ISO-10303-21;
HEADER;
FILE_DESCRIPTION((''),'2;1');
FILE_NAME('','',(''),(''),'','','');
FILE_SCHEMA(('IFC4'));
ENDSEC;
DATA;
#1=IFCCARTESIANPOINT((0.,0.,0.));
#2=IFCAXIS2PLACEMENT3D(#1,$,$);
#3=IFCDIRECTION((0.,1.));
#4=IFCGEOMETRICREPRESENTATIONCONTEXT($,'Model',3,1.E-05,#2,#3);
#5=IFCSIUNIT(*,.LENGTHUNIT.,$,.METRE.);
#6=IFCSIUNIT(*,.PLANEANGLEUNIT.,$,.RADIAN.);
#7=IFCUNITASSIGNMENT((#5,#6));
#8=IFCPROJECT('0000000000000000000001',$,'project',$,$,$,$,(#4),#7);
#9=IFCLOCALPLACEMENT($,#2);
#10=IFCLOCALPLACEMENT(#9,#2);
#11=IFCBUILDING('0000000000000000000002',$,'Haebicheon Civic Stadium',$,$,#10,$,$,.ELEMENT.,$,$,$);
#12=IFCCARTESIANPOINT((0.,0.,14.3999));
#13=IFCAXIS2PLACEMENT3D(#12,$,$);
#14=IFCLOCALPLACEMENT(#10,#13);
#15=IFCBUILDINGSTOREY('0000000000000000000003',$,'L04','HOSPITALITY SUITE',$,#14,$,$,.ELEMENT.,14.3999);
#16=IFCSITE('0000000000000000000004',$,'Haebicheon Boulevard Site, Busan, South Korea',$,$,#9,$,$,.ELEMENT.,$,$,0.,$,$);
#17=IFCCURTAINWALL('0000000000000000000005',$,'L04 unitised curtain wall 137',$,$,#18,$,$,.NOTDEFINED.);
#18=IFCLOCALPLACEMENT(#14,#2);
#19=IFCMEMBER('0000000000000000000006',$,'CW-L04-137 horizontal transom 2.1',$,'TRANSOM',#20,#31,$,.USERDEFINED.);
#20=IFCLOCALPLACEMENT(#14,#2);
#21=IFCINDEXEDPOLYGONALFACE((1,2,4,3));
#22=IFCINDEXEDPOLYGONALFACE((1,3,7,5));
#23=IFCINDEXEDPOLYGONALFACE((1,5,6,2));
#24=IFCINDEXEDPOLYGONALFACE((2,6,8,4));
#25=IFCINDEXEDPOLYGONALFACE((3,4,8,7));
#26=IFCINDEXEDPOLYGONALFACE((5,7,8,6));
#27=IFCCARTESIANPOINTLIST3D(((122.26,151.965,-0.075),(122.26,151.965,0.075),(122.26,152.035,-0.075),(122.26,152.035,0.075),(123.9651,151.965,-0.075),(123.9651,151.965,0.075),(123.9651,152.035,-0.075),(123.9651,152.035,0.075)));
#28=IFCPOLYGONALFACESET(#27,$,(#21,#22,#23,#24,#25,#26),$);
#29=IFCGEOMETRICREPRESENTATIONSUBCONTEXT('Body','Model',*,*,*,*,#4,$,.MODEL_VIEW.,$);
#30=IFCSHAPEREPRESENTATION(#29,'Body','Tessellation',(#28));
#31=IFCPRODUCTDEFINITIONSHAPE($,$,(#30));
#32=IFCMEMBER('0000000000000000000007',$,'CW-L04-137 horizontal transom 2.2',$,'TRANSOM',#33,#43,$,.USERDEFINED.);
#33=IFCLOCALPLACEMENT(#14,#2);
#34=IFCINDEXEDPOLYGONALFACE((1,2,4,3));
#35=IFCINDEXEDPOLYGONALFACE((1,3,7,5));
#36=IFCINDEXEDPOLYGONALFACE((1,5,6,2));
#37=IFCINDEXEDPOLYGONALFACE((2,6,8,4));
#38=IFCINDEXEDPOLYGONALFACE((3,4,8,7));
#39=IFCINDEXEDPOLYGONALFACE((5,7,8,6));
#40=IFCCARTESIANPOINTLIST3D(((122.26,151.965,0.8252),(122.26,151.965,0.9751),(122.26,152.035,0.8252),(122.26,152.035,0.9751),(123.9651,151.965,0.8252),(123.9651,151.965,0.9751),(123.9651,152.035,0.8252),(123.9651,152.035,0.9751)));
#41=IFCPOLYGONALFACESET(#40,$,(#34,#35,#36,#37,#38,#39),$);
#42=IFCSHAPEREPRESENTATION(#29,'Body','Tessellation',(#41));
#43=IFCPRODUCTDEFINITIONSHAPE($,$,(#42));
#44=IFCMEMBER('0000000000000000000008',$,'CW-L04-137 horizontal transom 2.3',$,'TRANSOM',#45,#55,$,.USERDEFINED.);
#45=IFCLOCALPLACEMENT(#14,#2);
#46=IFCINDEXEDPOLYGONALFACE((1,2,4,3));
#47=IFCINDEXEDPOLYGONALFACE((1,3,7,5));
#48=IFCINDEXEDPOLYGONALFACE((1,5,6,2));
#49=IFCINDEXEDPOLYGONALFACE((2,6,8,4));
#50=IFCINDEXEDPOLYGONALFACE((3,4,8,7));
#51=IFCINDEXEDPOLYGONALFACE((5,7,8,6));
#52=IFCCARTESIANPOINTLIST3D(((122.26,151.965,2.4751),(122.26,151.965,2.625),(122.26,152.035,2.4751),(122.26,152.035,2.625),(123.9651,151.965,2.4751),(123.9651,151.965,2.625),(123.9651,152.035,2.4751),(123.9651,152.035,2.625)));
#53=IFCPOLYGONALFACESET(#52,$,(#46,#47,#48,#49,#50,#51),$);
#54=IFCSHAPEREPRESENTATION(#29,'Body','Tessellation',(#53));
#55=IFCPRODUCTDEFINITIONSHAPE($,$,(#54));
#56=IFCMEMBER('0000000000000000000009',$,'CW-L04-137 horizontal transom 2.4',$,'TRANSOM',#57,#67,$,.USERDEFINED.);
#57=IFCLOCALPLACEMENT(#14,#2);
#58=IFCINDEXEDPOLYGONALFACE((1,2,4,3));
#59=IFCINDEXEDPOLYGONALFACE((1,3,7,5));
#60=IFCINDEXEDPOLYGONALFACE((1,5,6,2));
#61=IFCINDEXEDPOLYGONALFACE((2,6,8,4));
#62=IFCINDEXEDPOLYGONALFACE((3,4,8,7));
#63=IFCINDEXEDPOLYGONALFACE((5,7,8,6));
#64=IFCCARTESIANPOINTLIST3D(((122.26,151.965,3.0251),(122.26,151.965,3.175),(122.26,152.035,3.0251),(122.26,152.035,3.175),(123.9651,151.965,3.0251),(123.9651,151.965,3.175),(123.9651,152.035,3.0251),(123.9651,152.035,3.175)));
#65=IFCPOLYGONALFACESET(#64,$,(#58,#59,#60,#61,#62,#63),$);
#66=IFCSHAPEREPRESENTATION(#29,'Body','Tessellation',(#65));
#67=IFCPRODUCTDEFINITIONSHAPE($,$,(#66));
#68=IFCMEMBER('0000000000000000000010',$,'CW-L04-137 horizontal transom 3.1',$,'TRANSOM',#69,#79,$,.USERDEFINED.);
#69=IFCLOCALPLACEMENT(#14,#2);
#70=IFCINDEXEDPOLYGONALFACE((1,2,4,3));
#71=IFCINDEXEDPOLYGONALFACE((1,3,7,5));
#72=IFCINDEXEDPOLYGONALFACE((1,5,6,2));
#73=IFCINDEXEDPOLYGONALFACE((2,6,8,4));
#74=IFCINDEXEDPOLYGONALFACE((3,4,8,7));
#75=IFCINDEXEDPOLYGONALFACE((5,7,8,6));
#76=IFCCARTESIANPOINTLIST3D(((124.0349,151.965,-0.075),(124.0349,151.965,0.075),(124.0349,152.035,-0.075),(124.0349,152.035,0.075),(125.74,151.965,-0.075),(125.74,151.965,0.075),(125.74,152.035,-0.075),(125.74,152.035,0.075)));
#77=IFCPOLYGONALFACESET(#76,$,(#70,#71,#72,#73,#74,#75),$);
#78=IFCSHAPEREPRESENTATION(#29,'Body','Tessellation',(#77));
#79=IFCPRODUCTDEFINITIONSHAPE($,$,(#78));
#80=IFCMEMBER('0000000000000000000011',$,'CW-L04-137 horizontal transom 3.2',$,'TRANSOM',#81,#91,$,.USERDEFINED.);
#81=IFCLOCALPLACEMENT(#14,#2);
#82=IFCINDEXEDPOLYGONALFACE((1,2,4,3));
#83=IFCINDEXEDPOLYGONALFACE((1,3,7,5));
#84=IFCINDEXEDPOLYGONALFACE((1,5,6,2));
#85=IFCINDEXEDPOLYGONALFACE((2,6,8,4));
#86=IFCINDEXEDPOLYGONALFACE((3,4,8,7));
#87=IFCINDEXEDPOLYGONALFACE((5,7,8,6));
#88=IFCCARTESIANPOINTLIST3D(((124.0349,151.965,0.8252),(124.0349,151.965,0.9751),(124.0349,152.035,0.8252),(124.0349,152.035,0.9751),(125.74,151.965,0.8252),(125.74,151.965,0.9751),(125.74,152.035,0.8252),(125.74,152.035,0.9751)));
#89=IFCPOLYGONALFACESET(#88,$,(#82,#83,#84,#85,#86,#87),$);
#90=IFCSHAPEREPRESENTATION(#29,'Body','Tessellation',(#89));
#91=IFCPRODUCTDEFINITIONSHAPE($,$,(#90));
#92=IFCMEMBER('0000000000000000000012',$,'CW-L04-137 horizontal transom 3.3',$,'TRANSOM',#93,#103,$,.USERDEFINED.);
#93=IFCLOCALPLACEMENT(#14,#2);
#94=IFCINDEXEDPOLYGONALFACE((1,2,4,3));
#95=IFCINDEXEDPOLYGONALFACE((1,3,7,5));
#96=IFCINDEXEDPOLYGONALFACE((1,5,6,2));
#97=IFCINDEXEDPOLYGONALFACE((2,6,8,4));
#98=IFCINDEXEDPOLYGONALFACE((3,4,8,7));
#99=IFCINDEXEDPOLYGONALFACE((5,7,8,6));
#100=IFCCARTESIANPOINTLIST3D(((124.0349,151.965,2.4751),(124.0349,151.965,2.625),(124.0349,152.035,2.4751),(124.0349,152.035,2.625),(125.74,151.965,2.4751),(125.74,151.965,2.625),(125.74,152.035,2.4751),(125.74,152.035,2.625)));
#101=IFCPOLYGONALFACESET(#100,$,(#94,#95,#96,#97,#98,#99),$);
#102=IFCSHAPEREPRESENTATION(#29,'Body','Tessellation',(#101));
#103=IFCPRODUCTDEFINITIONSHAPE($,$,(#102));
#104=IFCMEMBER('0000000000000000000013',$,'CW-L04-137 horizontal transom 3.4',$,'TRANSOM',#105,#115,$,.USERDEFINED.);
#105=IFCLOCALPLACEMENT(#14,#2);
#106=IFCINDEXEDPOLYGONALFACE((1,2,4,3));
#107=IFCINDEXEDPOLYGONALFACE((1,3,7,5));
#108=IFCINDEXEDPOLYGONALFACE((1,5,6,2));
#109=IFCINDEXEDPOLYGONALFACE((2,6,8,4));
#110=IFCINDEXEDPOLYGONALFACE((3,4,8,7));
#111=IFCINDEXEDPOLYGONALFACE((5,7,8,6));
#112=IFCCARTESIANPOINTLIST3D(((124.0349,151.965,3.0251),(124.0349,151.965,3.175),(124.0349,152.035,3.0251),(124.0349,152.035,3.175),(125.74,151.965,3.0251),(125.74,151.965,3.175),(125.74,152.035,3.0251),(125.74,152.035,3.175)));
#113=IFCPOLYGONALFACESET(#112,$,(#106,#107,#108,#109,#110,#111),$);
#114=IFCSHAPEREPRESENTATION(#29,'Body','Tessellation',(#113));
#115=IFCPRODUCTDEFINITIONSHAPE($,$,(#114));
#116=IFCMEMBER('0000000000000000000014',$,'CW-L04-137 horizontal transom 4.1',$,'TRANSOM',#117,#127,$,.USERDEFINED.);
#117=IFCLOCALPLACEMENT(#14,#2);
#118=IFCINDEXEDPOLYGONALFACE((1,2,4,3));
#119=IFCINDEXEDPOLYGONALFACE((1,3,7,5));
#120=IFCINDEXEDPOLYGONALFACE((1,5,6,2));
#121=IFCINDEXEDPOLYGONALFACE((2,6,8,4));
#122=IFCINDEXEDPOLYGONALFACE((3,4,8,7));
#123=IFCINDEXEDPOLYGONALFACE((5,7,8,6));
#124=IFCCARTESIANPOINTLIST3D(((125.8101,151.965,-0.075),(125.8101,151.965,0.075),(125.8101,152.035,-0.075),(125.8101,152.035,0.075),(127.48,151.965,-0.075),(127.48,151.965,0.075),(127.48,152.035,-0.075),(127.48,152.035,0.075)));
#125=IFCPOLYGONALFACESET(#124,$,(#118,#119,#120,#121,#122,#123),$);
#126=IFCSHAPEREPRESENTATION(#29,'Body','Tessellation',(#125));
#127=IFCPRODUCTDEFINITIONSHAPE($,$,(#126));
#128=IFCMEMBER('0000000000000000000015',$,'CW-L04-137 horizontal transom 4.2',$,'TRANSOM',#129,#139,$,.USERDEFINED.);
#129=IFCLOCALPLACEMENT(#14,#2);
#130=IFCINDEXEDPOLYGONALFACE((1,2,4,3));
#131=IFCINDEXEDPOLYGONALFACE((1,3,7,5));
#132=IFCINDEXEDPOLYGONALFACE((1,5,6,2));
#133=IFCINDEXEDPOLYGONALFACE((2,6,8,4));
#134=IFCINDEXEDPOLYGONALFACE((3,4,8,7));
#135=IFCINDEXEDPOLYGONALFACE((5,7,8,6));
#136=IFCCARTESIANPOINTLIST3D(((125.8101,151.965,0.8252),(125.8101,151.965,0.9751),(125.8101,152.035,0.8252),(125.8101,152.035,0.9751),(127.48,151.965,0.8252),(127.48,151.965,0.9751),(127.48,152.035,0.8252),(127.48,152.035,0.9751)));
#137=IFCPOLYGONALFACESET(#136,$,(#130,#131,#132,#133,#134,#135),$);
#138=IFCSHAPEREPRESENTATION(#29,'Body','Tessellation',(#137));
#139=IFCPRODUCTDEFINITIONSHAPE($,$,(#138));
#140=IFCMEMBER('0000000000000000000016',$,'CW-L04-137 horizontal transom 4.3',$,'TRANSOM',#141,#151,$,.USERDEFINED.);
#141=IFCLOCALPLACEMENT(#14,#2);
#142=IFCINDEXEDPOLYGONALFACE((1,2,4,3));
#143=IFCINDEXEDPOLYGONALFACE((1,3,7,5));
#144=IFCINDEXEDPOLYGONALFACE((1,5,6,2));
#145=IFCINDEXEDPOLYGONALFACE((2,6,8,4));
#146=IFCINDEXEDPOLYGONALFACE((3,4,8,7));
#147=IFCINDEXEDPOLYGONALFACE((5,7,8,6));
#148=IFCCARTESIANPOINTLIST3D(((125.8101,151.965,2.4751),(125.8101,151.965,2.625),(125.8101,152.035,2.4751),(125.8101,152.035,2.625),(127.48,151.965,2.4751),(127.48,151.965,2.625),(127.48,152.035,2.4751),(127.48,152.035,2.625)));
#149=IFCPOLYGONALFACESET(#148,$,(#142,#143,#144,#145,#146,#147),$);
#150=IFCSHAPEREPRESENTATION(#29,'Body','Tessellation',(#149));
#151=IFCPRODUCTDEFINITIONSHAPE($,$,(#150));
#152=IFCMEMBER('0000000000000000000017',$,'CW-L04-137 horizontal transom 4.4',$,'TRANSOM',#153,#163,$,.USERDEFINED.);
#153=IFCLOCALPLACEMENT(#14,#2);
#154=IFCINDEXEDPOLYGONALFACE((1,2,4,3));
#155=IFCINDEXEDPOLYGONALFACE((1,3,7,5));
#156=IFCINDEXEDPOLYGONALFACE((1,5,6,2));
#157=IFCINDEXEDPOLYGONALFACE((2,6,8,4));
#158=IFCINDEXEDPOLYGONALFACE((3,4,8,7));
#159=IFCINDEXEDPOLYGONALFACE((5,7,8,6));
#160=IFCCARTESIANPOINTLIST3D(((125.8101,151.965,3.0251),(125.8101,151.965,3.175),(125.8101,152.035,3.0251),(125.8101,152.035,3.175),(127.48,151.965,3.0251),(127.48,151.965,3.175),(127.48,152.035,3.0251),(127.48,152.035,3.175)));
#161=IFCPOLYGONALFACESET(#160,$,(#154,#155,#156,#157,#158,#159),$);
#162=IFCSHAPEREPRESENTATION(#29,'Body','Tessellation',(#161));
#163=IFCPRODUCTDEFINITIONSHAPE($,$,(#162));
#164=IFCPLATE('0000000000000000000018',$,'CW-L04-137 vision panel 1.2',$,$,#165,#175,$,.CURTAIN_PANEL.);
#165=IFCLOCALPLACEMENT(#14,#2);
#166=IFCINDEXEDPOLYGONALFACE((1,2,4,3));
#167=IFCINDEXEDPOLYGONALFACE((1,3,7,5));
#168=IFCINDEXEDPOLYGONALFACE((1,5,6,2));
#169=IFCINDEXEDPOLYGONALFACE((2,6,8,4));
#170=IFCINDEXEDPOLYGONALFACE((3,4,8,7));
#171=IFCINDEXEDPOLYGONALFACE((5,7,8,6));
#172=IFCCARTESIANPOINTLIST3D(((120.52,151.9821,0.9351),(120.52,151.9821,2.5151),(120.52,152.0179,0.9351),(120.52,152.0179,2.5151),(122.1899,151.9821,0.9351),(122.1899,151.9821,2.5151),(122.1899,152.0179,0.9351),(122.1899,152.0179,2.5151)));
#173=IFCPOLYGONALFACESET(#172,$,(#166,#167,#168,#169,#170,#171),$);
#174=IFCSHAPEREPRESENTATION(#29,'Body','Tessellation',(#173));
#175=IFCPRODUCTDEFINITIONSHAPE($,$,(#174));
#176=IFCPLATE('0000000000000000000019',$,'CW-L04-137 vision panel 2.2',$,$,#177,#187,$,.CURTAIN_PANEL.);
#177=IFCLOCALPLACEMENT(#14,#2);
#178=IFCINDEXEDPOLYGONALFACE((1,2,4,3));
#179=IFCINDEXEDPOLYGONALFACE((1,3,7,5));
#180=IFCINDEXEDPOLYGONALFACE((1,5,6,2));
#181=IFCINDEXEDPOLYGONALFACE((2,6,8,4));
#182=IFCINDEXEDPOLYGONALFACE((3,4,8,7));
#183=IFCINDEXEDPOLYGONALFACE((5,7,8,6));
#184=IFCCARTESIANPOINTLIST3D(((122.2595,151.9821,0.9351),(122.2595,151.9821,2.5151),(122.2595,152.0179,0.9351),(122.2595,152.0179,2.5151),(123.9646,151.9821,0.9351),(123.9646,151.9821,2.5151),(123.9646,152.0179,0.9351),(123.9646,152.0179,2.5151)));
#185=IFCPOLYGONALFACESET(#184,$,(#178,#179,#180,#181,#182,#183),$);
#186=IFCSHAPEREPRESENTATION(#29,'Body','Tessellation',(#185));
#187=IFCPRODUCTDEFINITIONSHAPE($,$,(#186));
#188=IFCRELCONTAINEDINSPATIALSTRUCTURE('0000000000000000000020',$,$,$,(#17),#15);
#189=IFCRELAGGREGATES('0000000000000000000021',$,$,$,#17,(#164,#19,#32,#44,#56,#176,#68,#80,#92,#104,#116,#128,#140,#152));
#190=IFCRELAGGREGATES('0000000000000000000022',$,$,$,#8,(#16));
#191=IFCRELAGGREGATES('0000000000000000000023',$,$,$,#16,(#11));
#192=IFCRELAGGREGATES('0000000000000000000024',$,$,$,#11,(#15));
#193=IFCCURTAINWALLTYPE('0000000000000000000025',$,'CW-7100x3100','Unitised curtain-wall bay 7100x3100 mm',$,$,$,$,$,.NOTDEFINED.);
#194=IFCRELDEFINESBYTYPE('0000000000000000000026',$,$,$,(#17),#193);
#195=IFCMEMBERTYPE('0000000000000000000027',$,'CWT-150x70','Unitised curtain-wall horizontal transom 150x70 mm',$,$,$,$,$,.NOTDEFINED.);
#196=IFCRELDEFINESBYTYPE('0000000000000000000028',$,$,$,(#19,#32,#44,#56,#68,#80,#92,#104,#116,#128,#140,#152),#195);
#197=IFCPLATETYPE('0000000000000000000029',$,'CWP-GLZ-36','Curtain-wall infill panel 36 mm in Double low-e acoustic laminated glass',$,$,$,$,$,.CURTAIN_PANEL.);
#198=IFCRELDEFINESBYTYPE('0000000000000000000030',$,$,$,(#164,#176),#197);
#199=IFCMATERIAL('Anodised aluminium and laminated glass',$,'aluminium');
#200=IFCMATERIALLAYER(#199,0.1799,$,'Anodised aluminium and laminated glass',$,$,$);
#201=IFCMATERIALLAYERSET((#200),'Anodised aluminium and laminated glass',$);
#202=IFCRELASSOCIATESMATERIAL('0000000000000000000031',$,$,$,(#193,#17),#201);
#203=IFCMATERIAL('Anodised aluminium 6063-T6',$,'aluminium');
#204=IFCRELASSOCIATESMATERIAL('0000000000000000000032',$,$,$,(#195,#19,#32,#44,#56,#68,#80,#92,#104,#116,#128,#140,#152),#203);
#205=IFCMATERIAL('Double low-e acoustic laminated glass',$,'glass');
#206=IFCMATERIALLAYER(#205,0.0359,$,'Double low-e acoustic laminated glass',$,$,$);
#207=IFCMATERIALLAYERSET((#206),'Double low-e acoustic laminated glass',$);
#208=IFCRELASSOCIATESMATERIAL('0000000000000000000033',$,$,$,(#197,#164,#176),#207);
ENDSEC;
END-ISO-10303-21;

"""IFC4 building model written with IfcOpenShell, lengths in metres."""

from ifc_helpers import new_model, si_unit, direction, frame, origin, origin_2d, place, context, subcontext, project, spatial, rectangle, extrude, material, layer, layer_set, material_profile, profile_set, type_object, element, aggregate, save


model = new_model("IFC4")

# Units and contexts
model_context = context("Model", 3, precision=1e-05, world=origin(), true_north=direction((0.0, 1.0)))
body_context = subcontext(model_context, "Body", "Model", "MODEL_VIEW")
ifc_project = project(units=[si_unit("LENGTHUNIT", "METRE"), si_unit("PLANEANGLEUNIT", "RADIAN")], contexts=[model_context])

# Site, building, storey
site_placement = place(None, origin())
site = spatial("IfcSite", under=ifc_project, at=site_placement, Name="Haebicheon Boulevard Site, Busan, South Korea", CompositionType="ELEMENT", RefElevation=0.0)
building_placement = place(site_placement, origin())
building = spatial("IfcBuilding", under=site, at=building_placement, Name="Haebicheon Civic Stadium", CompositionType="ELEMENT")
storey_placement = place(building_placement, frame((0.0, 0.0, 14.3999)))
storey = spatial("IfcBuildingStorey", under=building, at=storey_placement, Name="L04", Description="HOSPITALITY SUITE", CompositionType="ELEMENT", Elevation=14.3999)

# Curtain wall, members, plates
ifc_material_1 = material(Name="Anodised aluminium and laminated glass", Category="aluminium")
ifc_layer_1 = layer(ifc_material_1, 0.1799, Name="Anodised aluminium and laminated glass")
ifc_layer_set_1 = layer_set([ifc_layer_1], Name="Anodised aluminium and laminated glass")
curtain_wall_type = type_object("IfcCurtainWallType", Name="CW-7100x3100", Description="Unitised curtain-wall bay 7100x3100 mm", PredefinedType="NOTDEFINED", material=ifc_layer_set_1)
curtain_wall_placement = place(storey_placement, origin())
curtain_wall = element("IfcCurtainWall", 1, at=curtain_wall_placement, inside=storey, type_object=curtain_wall_type, material=ifc_layer_set_1, Name="L04 unitised curtain wall 137", PredefinedType="NOTDEFINED")
ifc_material_2 = material(Name="Anodised aluminium 6063-T6", Category="aluminium")
ifc_material_profile_1 = material_profile(ifc_material_2, rectangle(XDim=0.0701, YDim=0.1499, at=origin_2d()), Name="ALU-TRAN-70x150")
ifc_profile_set_1 = profile_set([ifc_material_profile_1], Name="Anodised aluminium 6063-T6")
member_type_1 = type_object("IfcMemberType", Name="CWT-150x70", Description="Unitised curtain-wall horizontal transom 150x70 mm", PredefinedType="NOTDEFINED", material=ifc_profile_set_1)
member_1_placement = place(storey_placement, frame((122.26, 152.0, 0.0), z_axis=(1.0, 0.0, 0.0), x_axis=(0.0, 1.0, 0.0)))
member_1 = element("IfcMember", 2, at=member_1_placement, type_object=member_type_1, material=ifc_profile_set_1, Name="CW-L04-137 horizontal transom 2.1", ObjectType="TRANSOM", PredefinedType="USERDEFINED", context=body_context, shape_type="SweptSolid", body=[
    extrude(rectangle(XDim=0.0701, YDim=0.1499, at=origin_2d()), origin(), (0.0, 0.0, 1.0), 1.7051),
])
member_2_placement = place(storey_placement, frame((122.26, 152.0, 0.9001), z_axis=(1.0, 0.0, 0.0), x_axis=(0.0, 1.0, 0.0)))
member_2 = element("IfcMember", 3, at=member_2_placement, type_object=member_type_1, material=ifc_profile_set_1, Name="CW-L04-137 horizontal transom 2.2", ObjectType="TRANSOM", PredefinedType="USERDEFINED", context=body_context, shape_type="SweptSolid", body=[
    extrude(rectangle(XDim=0.0701, YDim=0.1499, at=origin_2d()), origin(), (0.0, 0.0, 1.0), 1.7051),
])
member_3_placement = place(storey_placement, frame((122.26, 152.0, 2.55), z_axis=(1.0, 0.0, 0.0), x_axis=(0.0, 1.0, 0.0)))
member_3 = element("IfcMember", 4, at=member_3_placement, type_object=member_type_1, material=ifc_profile_set_1, Name="CW-L04-137 horizontal transom 2.3", ObjectType="TRANSOM", PredefinedType="USERDEFINED", context=body_context, shape_type="SweptSolid", body=[
    extrude(rectangle(XDim=0.0701, YDim=0.1499, at=origin_2d()), origin(), (0.0, 0.0, 1.0), 1.7051),
])
member_4_placement = place(storey_placement, frame((122.26, 152.0, 3.1001), z_axis=(1.0, 0.0, 0.0), x_axis=(0.0, 1.0, 0.0)))
member_4 = element("IfcMember", 5, at=member_4_placement, type_object=member_type_1, material=ifc_profile_set_1, Name="CW-L04-137 horizontal transom 2.4", ObjectType="TRANSOM", PredefinedType="USERDEFINED", context=body_context, shape_type="SweptSolid", body=[
    extrude(rectangle(XDim=0.0701, YDim=0.1499, at=origin_2d()), origin(), (0.0, 0.0, 1.0), 1.7051),
])
member_5_placement = place(storey_placement, frame((124.0349, 152.0, 0.0), z_axis=(1.0, 0.0, 0.0), x_axis=(0.0, 1.0, 0.0)))
member_5 = element("IfcMember", 6, at=member_5_placement, type_object=member_type_1, material=ifc_profile_set_1, Name="CW-L04-137 horizontal transom 3.1", ObjectType="TRANSOM", PredefinedType="USERDEFINED", context=body_context, shape_type="SweptSolid", body=[
    extrude(rectangle(XDim=0.0701, YDim=0.1499, at=origin_2d()), origin(), (0.0, 0.0, 1.0), 1.7051),
])
member_6_placement = place(storey_placement, frame((124.0349, 152.0, 0.9001), z_axis=(1.0, 0.0, 0.0), x_axis=(0.0, 1.0, 0.0)))
member_6 = element("IfcMember", 7, at=member_6_placement, type_object=member_type_1, material=ifc_profile_set_1, Name="CW-L04-137 horizontal transom 3.2", ObjectType="TRANSOM", PredefinedType="USERDEFINED", context=body_context, shape_type="SweptSolid", body=[
    extrude(rectangle(XDim=0.0701, YDim=0.1499, at=origin_2d()), origin(), (0.0, 0.0, 1.0), 1.7051),
])
member_7_placement = place(storey_placement, frame((124.0349, 152.0, 2.55), z_axis=(1.0, 0.0, 0.0), x_axis=(0.0, 1.0, 0.0)))
member_7 = element("IfcMember", 8, at=member_7_placement, type_object=member_type_1, material=ifc_profile_set_1, Name="CW-L04-137 horizontal transom 3.3", ObjectType="TRANSOM", PredefinedType="USERDEFINED", context=body_context, shape_type="SweptSolid", body=[
    extrude(rectangle(XDim=0.0701, YDim=0.1499, at=origin_2d()), origin(), (0.0, 0.0, 1.0), 1.7051),
])
member_8_placement = place(storey_placement, frame((124.0349, 152.0, 3.1001), z_axis=(1.0, 0.0, 0.0), x_axis=(0.0, 1.0, 0.0)))
member_8 = element("IfcMember", 9, at=member_8_placement, type_object=member_type_1, material=ifc_profile_set_1, Name="CW-L04-137 horizontal transom 3.4", ObjectType="TRANSOM", PredefinedType="USERDEFINED", context=body_context, shape_type="SweptSolid", body=[
    extrude(rectangle(XDim=0.0701, YDim=0.1499, at=origin_2d()), origin(), (0.0, 0.0, 1.0), 1.7051),
])
member_9_placement = place(storey_placement, frame((125.8101, 152.0, 0.0), z_axis=(1.0, 0.0, 0.0), x_axis=(0.0, 1.0, 0.0)))
member_9 = element("IfcMember", 10, at=member_9_placement, type_object=member_type_1, material=ifc_profile_set_1, Name="CW-L04-137 horizontal transom 4.1", ObjectType="TRANSOM", PredefinedType="USERDEFINED", context=body_context, shape_type="SweptSolid", body=[
    extrude(rectangle(XDim=0.0701, YDim=0.1499, at=origin_2d()), origin(), (0.0, 0.0, 1.0), 1.6699),
])
member_10_placement = place(storey_placement, frame((125.8101, 152.0, 0.9001), z_axis=(1.0, 0.0, 0.0), x_axis=(0.0, 1.0, 0.0)))
member_10 = element("IfcMember", 11, at=member_10_placement, type_object=member_type_1, material=ifc_profile_set_1, Name="CW-L04-137 horizontal transom 4.2", ObjectType="TRANSOM", PredefinedType="USERDEFINED", context=body_context, shape_type="SweptSolid", body=[
    extrude(rectangle(XDim=0.0701, YDim=0.1499, at=origin_2d()), origin(), (0.0, 0.0, 1.0), 1.6699),
])
member_11_placement = place(storey_placement, frame((125.8101, 152.0, 2.55), z_axis=(1.0, 0.0, 0.0), x_axis=(0.0, 1.0, 0.0)))
member_11 = element("IfcMember", 12, at=member_11_placement, type_object=member_type_1, material=ifc_profile_set_1, Name="CW-L04-137 horizontal transom 4.3", ObjectType="TRANSOM", PredefinedType="USERDEFINED", context=body_context, shape_type="SweptSolid", body=[
    extrude(rectangle(XDim=0.0701, YDim=0.1499, at=origin_2d()), origin(), (0.0, 0.0, 1.0), 1.6699),
])
member_12_placement = place(storey_placement, frame((125.8101, 152.0, 3.1001), z_axis=(1.0, 0.0, 0.0), x_axis=(0.0, 1.0, 0.0)))
member_12 = element("IfcMember", 13, at=member_12_placement, type_object=member_type_1, material=ifc_profile_set_1, Name="CW-L04-137 horizontal transom 4.4", ObjectType="TRANSOM", PredefinedType="USERDEFINED", context=body_context, shape_type="SweptSolid", body=[
    extrude(rectangle(XDim=0.0701, YDim=0.1499, at=origin_2d()), origin(), (0.0, 0.0, 1.0), 1.6699),
])
ifc_material_3 = material(Name="Double low-e acoustic laminated glass", Category="glass")
ifc_layer_2 = layer(ifc_material_3, 0.0359, Name="Double low-e acoustic laminated glass")
ifc_layer_set_2 = layer_set([ifc_layer_2], Name="Double low-e acoustic laminated glass")
plate_type_1 = type_object("IfcPlateType", Name="CWP-GLZ-36", Description="Curtain-wall infill panel 36 mm in Double low-e acoustic laminated glass", PredefinedType="CURTAIN_PANEL", material=ifc_layer_set_2)
plate_1_placement = place(storey_placement, frame((121.355, 152.0, 0.9351), z_axis=(0.0, 0.0, 1.0), x_axis=(1.0, 0.0, 0.0)))
plate_1 = element("IfcPlate", 14, at=plate_1_placement, type_object=plate_type_1, material=ifc_layer_set_2, Name="CW-L04-137 vision panel 1.2", PredefinedType="CURTAIN_PANEL", context=body_context, shape_type="SweptSolid", body=[
    extrude(rectangle(XDim=1.6699, YDim=0.0359, at=origin_2d()), origin(), (0.0, 0.0, 1.0), 1.5801),
])
plate_2_placement = place(storey_placement, frame((123.1121, 152.0, 0.9351), z_axis=(0.0, 0.0, 1.0), x_axis=(1.0, 0.0, 0.0)))
plate_2 = element("IfcPlate", 15, at=plate_2_placement, type_object=plate_type_1, material=ifc_layer_set_2, Name="CW-L04-137 vision panel 2.2", PredefinedType="CURTAIN_PANEL", context=body_context, shape_type="SweptSolid", body=[
    extrude(rectangle(XDim=1.7051, YDim=0.0359, at=origin_2d()), origin(), (0.0, 0.0, 1.0), 1.5801),
])
aggregate(curtain_wall, [plate_1, member_1, member_2, member_3, member_4, plate_2, member_5, member_6, member_7, member_8, member_9, member_10, member_11, member_12])

save(model, "model.ifc")
